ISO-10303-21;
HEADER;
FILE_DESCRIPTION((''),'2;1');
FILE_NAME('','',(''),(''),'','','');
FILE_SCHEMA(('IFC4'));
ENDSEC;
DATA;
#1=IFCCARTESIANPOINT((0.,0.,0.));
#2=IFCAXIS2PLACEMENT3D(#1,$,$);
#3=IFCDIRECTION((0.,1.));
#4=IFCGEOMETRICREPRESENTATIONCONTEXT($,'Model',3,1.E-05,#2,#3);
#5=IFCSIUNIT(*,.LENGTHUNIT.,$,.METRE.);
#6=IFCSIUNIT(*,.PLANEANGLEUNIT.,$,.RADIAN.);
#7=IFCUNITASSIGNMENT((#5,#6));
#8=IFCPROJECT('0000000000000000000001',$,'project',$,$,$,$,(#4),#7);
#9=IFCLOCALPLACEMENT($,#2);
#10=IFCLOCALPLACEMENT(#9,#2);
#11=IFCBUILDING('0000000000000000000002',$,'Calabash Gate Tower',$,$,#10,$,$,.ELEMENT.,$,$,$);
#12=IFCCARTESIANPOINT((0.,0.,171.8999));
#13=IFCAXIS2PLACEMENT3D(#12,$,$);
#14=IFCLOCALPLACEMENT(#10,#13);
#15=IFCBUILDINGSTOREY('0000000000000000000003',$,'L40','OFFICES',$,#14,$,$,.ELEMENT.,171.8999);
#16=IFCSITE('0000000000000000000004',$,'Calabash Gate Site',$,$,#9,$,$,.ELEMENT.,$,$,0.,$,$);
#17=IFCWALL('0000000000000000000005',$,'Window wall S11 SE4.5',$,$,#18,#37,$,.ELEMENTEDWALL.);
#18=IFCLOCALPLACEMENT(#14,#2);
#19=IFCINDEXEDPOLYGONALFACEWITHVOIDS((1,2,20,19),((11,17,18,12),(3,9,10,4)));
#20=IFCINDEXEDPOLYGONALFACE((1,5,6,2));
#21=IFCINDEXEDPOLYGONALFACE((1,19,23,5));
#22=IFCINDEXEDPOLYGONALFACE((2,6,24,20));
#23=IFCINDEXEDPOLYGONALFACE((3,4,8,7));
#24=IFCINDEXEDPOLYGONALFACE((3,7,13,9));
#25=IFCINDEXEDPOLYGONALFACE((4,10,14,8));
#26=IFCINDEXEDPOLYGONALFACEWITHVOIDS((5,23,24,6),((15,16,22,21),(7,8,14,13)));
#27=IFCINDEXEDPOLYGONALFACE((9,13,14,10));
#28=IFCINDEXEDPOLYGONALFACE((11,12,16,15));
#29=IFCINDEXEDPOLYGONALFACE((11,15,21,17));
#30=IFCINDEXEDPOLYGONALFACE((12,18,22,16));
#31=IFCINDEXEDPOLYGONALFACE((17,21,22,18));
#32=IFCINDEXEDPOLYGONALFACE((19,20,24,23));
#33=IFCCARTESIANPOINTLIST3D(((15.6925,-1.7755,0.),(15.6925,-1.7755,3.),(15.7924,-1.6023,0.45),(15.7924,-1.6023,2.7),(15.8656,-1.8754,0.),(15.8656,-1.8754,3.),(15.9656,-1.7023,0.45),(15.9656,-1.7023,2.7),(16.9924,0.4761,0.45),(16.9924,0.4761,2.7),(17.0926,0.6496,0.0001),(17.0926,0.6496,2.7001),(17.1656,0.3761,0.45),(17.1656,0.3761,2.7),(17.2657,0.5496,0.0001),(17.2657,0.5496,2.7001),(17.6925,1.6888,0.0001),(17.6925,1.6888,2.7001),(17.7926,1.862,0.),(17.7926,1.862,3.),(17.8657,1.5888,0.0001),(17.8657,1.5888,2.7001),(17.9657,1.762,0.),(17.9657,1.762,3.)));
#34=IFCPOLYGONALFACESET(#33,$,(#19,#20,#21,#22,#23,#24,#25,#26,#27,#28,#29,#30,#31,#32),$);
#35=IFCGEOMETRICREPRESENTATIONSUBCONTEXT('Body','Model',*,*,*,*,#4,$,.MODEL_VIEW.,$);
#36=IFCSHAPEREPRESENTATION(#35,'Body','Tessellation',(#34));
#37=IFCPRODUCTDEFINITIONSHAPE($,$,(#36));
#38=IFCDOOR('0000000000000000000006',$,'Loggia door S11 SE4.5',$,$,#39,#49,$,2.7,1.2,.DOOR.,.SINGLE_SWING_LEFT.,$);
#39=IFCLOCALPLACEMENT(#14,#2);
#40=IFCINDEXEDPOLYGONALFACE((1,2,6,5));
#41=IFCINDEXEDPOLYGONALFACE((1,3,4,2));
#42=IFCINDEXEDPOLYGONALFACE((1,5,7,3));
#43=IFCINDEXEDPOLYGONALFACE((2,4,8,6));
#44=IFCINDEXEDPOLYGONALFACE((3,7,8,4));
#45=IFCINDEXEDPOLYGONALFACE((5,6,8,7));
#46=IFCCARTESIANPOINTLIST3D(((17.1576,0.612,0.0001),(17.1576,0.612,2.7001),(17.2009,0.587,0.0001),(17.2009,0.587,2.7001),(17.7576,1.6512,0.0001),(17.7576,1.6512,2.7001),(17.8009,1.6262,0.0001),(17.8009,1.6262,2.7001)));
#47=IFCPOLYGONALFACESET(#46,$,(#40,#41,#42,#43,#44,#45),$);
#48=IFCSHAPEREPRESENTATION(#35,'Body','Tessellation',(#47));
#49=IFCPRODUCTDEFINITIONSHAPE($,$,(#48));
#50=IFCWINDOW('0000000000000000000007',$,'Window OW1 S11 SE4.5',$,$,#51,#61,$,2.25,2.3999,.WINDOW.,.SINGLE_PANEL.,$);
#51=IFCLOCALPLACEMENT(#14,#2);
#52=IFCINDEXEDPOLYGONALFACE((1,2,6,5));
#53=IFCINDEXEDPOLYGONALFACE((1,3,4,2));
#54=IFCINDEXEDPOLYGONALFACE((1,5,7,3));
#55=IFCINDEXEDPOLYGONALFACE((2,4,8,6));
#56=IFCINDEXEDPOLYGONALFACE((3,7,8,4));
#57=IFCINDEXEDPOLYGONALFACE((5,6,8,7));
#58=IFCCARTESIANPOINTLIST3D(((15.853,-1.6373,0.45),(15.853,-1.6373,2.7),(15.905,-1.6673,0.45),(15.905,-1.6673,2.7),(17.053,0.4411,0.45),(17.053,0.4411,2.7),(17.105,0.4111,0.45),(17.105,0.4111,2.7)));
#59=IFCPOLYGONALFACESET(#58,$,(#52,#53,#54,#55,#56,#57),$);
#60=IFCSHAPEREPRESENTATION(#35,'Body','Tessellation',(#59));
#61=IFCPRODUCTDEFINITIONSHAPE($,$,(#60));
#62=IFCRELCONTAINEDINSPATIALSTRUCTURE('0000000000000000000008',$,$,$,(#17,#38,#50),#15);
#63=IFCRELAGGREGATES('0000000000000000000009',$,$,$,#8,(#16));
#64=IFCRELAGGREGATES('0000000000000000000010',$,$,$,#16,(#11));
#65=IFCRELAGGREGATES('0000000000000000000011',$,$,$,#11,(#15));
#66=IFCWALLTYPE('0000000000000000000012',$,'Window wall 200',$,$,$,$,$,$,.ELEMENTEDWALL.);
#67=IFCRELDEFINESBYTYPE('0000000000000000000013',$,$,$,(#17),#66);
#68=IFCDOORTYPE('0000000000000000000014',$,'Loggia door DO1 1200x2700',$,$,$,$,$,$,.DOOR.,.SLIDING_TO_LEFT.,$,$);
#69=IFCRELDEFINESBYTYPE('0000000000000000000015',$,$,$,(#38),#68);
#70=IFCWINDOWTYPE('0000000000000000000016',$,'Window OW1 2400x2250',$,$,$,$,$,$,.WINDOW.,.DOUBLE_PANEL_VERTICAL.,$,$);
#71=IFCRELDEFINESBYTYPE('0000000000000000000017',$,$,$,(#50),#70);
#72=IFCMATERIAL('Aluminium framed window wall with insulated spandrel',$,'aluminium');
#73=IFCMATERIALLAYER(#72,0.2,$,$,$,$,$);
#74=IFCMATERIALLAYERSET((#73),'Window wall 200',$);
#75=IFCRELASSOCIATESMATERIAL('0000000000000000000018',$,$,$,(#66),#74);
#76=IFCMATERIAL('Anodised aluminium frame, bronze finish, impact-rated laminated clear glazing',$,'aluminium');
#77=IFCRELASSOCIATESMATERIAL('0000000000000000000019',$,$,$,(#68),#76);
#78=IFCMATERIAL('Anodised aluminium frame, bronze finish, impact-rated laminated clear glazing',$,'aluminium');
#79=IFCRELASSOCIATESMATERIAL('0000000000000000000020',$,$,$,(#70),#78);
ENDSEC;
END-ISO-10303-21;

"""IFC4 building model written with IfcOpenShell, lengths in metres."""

from ifc_helpers import new_model, si_unit, direction, frame, frame_2d, origin, place, context, subcontext, project, spatial, rectangle, extrude, material, layer, layer_set, type_object, element, fill, save


model = new_model("IFC4")

# Units and contexts
model_context = context("Model", 3, precision=1e-05, world=origin(), true_north=direction((0.0, 1.0)))
body_context = subcontext(model_context, "Body", "Model", "MODEL_VIEW")
ifc_project = project(units=[si_unit("LENGTHUNIT", "METRE"), si_unit("PLANEANGLEUNIT", "RADIAN")], contexts=[model_context])

# Site, building, storey
site_placement = place(None, origin())
site = spatial("IfcSite", under=ifc_project, at=site_placement, Name="Calabash Gate Site", CompositionType="ELEMENT", RefElevation=0.0)
building_placement = place(site_placement, origin())
building = spatial("IfcBuilding", under=site, at=building_placement, Name="Calabash Gate Tower", CompositionType="ELEMENT")
storey_placement = place(building_placement, frame((0.0, 0.0, 171.8999)))
storey = spatial("IfcBuildingStorey", under=building, at=storey_placement, Name="L40", Description="OFFICES", CompositionType="ELEMENT", Elevation=171.8999)

# Shared definitions
ifc_material_1 = material(Name="Aluminium framed window wall with insulated spandrel", Category="aluminium")
ifc_layer_1 = layer(ifc_material_1, 0.2)
ifc_layer_set_1 = layer_set([ifc_layer_1], Name="Window wall 200")
wall_type_1 = type_object("IfcWallType", Name="Window wall 200", PredefinedType="ELEMENTEDWALL", material=ifc_layer_set_1)
ifc_material_2 = material(Name="Anodised aluminium frame, bronze finish, impact-rated laminated clear glazing", Category="aluminium")
door_type_1 = type_object("IfcDoorType", Name="Loggia door DO1 1200x2700", OperationType="SLIDING_TO_LEFT", PredefinedType="DOOR", material=ifc_material_2)
ifc_material_3 = material(Name="Anodised aluminium frame, bronze finish, impact-rated laminated clear glazing", Category="aluminium")
window_type_1 = type_object("IfcWindowType", Name="Window OW1 2400x2250", PartitioningType="DOUBLE_PANEL_VERTICAL", PredefinedType="WINDOW", material=ifc_material_3)

# Wall, openings, door, window
wall_1_placement = place(storey_placement, frame((15.7791, -1.8254, 0.0), z_axis=(0.0, 0.0, 1.0), x_axis=(0.500003, 0.866024, 0.0)))
wall_1 = element("IfcWall", 1, at=wall_1_placement, inside=storey, type_object=wall_type_1, Name="Window wall S11 SE4.5", PredefinedType="ELEMENTEDWALL", context=body_context, shape_type="SweptSolid", body=[
    extrude(rectangle(XDim=4.2002, YDim=0.2, at=frame_2d((2.1001, 0.0))), origin(), (0.0, 0.0, 1.0), 3.0),
])
opening_1_placement = place(wall_1_placement, frame((0.2, 0.0, 0.45)))
opening_1 = element("IfcOpeningElement", 2, at=opening_1_placement, cuts=wall_1, PredefinedType="OPENING", context=body_context, shape_type="SweptSolid", body=[
    extrude(rectangle(XDim=2.3999, YDim=2.25, at=frame_2d((1.2, 1.125))), frame((0.0, 0.1099, 0.0), z_axis=(0.0, -1.0, 0.0), x_axis=(1.0, 0.0, 0.0)), (0.0, 0.0, 1.0), 0.22),
])
opening_2_placement = place(wall_1_placement, frame((2.8, 0.0, 0.0)))
opening_2 = element("IfcOpeningElement", 3, at=opening_2_placement, cuts=wall_1, PredefinedType="OPENING", context=body_context, shape_type="SweptSolid", body=[
    extrude(rectangle(XDim=1.2, YDim=2.7, at=frame_2d((0.6001, 1.3501))), frame((0.0, 0.1099, 0.0), z_axis=(0.0, -1.0, 0.0), x_axis=(1.0, 0.0, 0.0)), (0.0, 0.0, 1.0), 0.22),
])
door_1_placement = place(opening_2_placement, origin())
door_1 = element("IfcDoor", 4, at=door_1_placement, inside=storey, type_object=door_type_1, Name="Loggia door S11 SE4.5", OperationType="SINGLE_SWING_LEFT", OverallHeight=2.7, OverallWidth=1.2, PredefinedType="DOOR", context=body_context, shape_type="SweptSolid", body=[
    extrude(rectangle(XDim=1.2, YDim=2.7, at=frame_2d((0.6001, 1.3501))), frame((0.0, 0.0249, 0.0), z_axis=(0.0, -1.0, 0.0), x_axis=(1.0, 0.0, 0.0)), (0.0, 0.0, 1.0), 0.05),
])
fill(opening_2, door_1)
window_1_placement = place(opening_1_placement, origin())
window_1 = element("IfcWindow", 5, at=window_1_placement, inside=storey, type_object=window_type_1, Name="Window OW1 S11 SE4.5", OverallHeight=2.25, OverallWidth=2.3999, PartitioningType="SINGLE_PANEL", PredefinedType="WINDOW", context=body_context, shape_type="SweptSolid", body=[
    extrude(rectangle(XDim=2.3999, YDim=2.25, at=frame_2d((1.2, 1.125))), frame((0.0, 0.03, 0.0), z_axis=(0.0, -1.0, 0.0), x_axis=(1.0, 0.0, 0.0)), (0.0, 0.0, 1.0), 0.0601),
])
fill(opening_1, window_1)

save(model, "model.ifc")
